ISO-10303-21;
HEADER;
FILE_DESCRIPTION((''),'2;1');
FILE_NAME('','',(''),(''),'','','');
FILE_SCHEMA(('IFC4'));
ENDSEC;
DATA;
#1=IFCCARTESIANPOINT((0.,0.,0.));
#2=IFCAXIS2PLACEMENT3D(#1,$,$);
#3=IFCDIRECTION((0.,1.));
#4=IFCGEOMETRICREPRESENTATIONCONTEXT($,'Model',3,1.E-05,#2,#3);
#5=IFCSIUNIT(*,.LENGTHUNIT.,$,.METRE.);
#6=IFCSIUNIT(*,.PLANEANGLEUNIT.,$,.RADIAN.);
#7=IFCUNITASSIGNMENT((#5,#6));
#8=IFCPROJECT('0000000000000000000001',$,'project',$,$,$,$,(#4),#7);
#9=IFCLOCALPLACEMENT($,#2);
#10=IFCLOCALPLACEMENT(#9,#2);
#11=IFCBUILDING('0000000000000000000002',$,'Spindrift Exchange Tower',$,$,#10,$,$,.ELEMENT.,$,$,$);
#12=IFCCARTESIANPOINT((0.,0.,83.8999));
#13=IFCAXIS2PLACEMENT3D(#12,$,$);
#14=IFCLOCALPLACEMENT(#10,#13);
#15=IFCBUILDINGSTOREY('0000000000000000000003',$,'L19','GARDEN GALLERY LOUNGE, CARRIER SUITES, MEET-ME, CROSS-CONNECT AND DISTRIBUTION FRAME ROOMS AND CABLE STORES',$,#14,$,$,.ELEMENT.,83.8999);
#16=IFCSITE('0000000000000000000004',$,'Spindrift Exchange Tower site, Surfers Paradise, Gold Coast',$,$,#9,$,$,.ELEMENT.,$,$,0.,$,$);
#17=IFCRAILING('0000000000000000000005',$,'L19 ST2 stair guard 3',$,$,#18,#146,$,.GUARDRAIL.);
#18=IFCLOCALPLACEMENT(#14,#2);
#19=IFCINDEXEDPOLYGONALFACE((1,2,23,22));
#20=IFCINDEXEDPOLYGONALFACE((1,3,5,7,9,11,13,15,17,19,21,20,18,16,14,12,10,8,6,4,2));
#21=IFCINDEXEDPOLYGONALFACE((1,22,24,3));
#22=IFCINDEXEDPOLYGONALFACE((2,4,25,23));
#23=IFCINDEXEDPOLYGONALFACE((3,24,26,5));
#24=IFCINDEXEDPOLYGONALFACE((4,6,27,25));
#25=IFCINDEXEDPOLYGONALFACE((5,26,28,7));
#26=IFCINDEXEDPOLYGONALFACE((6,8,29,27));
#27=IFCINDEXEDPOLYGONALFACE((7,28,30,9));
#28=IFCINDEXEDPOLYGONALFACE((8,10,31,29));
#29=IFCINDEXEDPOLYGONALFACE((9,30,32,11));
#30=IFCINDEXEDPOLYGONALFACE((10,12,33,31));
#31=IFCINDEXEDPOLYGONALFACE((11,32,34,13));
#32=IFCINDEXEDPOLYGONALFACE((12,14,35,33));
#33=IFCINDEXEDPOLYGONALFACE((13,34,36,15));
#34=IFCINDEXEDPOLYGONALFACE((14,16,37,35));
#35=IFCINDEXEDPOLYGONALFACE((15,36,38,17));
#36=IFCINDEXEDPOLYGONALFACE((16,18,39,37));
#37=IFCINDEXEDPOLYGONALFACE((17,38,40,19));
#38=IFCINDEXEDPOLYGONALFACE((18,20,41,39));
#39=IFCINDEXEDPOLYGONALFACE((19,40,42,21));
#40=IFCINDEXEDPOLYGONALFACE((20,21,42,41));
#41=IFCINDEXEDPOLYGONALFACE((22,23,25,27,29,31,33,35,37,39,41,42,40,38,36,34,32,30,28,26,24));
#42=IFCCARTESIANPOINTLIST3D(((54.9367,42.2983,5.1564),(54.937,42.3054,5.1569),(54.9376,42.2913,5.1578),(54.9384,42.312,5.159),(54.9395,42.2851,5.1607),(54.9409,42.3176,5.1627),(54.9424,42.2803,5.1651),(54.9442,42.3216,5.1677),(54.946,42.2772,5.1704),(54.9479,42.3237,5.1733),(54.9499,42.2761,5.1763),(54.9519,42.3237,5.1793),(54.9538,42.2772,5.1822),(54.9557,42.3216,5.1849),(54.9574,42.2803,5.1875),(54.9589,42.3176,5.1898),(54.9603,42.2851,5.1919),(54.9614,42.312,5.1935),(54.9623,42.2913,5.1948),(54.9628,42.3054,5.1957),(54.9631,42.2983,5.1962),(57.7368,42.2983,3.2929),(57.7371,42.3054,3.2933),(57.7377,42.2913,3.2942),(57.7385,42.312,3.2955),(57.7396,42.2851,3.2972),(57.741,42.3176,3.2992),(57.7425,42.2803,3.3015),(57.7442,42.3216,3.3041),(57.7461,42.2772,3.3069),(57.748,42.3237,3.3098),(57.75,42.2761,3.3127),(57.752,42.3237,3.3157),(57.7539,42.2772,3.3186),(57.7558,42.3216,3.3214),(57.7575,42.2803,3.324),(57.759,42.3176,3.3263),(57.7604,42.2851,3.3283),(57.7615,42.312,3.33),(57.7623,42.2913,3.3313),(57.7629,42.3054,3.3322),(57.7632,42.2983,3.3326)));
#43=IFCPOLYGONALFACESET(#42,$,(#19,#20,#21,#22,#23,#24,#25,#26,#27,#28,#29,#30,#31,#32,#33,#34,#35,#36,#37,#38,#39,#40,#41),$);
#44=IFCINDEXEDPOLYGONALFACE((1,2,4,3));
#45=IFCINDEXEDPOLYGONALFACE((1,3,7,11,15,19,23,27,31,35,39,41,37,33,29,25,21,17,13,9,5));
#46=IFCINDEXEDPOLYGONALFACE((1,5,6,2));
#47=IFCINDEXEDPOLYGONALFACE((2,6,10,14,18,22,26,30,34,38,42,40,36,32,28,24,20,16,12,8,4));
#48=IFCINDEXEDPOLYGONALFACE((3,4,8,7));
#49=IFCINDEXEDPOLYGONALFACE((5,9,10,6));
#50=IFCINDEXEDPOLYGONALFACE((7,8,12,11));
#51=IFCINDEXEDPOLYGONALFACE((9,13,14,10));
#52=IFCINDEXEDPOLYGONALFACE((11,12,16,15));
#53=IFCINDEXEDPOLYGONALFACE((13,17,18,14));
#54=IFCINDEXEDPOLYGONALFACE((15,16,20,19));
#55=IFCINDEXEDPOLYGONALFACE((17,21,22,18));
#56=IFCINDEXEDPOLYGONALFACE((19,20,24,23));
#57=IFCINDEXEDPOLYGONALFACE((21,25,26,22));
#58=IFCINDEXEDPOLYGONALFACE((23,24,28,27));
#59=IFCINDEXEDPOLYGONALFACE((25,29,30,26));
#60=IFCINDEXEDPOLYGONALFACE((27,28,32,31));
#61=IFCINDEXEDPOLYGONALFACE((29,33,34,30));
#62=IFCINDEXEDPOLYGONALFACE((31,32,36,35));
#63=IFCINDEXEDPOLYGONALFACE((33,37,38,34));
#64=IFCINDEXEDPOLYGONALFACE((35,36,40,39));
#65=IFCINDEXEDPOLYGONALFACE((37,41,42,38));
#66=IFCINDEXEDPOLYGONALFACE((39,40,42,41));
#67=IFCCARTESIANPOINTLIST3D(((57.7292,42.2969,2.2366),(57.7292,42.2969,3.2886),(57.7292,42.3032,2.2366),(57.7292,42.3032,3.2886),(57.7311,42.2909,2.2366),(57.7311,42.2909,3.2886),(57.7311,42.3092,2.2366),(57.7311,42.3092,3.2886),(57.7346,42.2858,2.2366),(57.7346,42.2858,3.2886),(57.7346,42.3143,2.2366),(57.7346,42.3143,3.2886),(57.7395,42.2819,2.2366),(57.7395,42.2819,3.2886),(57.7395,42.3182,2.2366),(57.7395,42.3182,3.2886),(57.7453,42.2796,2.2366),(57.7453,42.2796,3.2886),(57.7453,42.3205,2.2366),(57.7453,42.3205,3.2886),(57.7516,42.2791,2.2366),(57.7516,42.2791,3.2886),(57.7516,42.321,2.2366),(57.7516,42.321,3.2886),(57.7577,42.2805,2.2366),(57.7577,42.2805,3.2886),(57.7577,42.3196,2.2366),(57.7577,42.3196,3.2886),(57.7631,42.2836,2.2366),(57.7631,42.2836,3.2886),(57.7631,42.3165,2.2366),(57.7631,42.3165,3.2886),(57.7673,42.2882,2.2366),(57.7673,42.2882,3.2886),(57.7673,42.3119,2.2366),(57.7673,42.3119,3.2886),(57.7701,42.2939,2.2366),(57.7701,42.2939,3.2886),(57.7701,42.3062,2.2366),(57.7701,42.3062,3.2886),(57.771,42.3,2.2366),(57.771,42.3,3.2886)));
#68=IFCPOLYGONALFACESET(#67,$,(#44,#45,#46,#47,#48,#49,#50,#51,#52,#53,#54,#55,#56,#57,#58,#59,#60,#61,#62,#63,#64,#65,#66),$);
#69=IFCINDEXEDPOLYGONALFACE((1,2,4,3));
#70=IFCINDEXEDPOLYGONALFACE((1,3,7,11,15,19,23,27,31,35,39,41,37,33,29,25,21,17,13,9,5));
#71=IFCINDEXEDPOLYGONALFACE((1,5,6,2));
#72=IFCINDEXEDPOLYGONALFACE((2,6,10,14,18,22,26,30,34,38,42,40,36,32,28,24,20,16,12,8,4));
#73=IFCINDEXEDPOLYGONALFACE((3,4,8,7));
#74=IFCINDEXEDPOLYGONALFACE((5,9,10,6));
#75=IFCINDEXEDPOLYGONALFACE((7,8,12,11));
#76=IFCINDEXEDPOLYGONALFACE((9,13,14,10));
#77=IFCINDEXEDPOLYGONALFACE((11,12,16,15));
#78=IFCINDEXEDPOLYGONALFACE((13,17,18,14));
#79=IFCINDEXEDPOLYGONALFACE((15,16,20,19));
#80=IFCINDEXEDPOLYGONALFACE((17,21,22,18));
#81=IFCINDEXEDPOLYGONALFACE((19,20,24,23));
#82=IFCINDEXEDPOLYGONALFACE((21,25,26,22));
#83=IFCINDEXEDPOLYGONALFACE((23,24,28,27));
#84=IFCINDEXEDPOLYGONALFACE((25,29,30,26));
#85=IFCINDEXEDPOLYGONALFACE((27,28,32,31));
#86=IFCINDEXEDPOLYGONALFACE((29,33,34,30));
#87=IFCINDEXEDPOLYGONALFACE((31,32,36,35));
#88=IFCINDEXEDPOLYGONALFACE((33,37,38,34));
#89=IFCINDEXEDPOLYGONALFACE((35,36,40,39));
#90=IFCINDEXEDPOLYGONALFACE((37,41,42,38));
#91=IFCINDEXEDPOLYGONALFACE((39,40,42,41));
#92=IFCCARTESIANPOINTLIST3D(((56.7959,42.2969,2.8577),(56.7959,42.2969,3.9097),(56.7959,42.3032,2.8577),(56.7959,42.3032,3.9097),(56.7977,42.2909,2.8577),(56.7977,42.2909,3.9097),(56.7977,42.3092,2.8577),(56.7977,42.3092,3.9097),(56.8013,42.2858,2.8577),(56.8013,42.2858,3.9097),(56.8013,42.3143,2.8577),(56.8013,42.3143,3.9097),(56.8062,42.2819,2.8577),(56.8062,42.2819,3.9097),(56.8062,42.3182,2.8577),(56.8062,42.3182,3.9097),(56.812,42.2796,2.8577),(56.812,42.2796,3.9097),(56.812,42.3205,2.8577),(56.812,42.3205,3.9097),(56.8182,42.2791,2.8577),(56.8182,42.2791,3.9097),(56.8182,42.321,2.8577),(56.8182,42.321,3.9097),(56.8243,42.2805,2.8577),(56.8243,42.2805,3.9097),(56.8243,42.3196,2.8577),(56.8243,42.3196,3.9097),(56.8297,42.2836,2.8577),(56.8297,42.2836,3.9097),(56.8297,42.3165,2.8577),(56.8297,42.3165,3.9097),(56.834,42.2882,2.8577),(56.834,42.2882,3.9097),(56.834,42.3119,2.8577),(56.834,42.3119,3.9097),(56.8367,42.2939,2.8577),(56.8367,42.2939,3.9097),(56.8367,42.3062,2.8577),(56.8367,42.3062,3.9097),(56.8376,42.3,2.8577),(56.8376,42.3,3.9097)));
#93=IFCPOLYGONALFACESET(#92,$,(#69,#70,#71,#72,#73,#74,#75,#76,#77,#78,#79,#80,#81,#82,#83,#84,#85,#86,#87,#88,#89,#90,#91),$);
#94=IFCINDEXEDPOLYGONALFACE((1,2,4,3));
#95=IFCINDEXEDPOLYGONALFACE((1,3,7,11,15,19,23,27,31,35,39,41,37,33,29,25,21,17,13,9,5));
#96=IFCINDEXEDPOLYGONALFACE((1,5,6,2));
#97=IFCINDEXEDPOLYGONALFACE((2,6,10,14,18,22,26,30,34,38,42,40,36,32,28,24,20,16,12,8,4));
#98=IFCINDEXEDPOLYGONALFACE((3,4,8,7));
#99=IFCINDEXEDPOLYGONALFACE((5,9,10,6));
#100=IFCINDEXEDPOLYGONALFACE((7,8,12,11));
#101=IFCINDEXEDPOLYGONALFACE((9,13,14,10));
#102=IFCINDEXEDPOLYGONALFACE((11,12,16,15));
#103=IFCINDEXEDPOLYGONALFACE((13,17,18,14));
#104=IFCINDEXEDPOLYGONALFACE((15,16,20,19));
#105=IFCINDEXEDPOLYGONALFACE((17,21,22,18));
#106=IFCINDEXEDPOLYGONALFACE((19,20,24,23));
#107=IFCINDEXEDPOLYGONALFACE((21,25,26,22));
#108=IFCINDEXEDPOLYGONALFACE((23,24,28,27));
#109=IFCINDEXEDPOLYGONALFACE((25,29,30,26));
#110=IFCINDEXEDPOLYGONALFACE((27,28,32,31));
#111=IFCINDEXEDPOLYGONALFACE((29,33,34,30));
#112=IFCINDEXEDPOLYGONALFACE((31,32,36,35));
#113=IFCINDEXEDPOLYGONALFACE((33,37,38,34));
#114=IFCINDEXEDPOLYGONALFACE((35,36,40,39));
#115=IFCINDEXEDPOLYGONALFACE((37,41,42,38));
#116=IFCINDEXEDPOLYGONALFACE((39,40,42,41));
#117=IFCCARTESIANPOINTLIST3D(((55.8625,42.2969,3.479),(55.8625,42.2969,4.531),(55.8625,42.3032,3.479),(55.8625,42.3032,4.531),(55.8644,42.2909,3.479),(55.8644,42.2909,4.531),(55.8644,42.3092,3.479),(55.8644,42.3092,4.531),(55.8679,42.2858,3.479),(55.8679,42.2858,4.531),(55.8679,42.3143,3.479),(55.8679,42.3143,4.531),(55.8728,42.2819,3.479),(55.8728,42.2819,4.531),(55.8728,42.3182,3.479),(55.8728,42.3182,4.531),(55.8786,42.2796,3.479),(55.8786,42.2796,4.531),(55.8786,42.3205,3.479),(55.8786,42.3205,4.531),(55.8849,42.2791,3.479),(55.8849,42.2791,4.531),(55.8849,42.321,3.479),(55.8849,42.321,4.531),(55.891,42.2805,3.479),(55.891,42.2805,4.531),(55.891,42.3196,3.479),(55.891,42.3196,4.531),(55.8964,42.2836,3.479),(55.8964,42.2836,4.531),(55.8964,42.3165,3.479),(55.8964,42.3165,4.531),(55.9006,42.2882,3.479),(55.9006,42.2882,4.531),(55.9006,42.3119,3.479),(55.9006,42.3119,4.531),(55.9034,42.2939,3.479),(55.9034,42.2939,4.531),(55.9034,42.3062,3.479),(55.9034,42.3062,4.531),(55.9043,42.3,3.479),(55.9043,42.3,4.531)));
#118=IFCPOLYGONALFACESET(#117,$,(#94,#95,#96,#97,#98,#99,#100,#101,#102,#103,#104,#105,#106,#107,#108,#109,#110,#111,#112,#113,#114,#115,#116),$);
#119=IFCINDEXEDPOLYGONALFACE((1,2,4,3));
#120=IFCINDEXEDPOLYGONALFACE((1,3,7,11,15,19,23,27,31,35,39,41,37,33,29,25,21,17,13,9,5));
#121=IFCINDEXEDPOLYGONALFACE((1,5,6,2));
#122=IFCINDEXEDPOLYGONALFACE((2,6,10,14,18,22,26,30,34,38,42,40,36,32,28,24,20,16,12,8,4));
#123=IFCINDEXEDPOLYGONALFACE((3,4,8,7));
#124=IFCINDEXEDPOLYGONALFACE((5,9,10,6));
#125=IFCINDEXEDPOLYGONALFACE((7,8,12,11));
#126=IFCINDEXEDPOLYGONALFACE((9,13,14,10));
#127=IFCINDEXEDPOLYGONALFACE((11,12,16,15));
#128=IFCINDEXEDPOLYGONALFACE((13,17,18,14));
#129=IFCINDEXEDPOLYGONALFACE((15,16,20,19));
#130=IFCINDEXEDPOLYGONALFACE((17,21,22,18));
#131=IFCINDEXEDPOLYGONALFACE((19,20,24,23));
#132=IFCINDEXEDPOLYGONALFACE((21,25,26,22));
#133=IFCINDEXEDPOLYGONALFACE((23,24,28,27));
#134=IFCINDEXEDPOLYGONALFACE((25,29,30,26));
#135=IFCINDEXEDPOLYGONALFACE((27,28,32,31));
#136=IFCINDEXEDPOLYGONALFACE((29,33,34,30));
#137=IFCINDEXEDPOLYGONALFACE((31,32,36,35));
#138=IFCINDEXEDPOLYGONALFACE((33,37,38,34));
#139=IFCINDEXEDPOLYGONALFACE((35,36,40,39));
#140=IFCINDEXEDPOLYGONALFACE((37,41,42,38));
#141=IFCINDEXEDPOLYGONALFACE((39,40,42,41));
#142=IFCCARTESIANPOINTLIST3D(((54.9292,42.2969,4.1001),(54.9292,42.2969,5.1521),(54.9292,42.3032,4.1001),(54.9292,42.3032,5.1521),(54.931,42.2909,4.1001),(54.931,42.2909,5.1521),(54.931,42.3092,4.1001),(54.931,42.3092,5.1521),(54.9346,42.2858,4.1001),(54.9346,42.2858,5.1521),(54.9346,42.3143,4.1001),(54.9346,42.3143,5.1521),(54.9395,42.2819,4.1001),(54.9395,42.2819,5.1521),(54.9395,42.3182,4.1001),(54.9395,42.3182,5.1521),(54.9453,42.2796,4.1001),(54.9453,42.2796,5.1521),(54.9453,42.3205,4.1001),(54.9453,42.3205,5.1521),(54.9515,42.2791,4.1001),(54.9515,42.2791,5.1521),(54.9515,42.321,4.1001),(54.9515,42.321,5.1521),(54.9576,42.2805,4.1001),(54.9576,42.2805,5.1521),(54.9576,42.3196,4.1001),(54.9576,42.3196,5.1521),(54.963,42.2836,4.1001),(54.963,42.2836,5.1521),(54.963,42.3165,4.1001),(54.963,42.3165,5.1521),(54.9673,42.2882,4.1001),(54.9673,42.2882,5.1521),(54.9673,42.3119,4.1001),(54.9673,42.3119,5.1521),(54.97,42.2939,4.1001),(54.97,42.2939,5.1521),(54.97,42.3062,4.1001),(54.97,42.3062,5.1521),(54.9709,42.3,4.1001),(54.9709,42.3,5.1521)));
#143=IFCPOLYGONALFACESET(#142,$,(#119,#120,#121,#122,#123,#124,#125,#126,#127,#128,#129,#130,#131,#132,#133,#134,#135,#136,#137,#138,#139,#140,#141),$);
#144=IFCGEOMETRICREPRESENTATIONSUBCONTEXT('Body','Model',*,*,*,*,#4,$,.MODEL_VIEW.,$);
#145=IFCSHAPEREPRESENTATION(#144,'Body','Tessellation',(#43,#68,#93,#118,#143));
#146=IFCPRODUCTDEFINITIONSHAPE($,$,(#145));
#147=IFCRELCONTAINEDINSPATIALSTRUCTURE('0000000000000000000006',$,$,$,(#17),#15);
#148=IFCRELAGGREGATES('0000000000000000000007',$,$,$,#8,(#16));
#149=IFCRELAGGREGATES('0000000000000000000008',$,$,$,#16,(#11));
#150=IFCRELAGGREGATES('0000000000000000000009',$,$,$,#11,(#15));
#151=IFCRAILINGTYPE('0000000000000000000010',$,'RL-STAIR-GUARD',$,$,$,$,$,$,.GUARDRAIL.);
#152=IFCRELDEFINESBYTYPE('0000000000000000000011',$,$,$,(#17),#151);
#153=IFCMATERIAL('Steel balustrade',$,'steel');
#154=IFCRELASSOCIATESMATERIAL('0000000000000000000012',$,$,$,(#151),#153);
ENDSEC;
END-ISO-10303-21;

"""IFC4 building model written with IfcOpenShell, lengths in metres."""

from ifc_helpers import new_model, si_unit, direction, frame, origin, origin_2d, place, context, subcontext, project, spatial, circle, extrude, material, type_object, element, save


model = new_model("IFC4")

# Units and contexts
model_context = context("Model", 3, precision=1e-05, world=origin(), true_north=direction((0.0, 1.0)))
body_context = subcontext(model_context, "Body", "Model", "MODEL_VIEW")
ifc_project = project(units=[si_unit("LENGTHUNIT", "METRE"), si_unit("PLANEANGLEUNIT", "RADIAN")], contexts=[model_context])

# Site, building, storey
site_placement = place(None, origin())
site = spatial("IfcSite", under=ifc_project, at=site_placement, Name="Spindrift Exchange Tower site, Surfers Paradise, Gold Coast", CompositionType="ELEMENT", RefElevation=0.0)
building_placement = place(site_placement, origin())
building = spatial("IfcBuilding", under=site, at=building_placement, Name="Spindrift Exchange Tower", CompositionType="ELEMENT")
storey_placement = place(building_placement, frame((0.0, 0.0, 83.8999)))
storey = spatial("IfcBuildingStorey", under=building, at=storey_placement, Name="L19", Description="GARDEN GALLERY LOUNGE, CARRIER SUITES, MEET-ME, CROSS-CONNECT AND DISTRIBUTION FRAME ROOMS AND CABLE STORES", CompositionType="ELEMENT", Elevation=83.8999)

# Railing
ifc_material_1 = material(Name="Steel balustrade", Category="steel")
railing_type_1 = type_object("IfcRailingType", Name="RL-STAIR-GUARD", PredefinedType="GUARDRAIL", material=ifc_material_1)
railing_1_placement = place(storey_placement, frame((57.75, 42.3, 2.2366)))
element("IfcRailing", 1, at=railing_1_placement, inside=storey, type_object=railing_type_1, Name="L19 ST2 stair guard 3", PredefinedType="GUARDRAIL", context=body_context, shape_type="SweptSolid", body=[
    extrude(circle(Radius=0.0239, at=origin_2d()), frame((0.0, 0.0, 1.0762), z_axis=(-0.832486, 0.0, 0.554047), x_axis=(0.0, -1.0, 0.0)), (0.0, 0.0, 1.0), 3.3635),
    extrude(circle(Radius=0.021, at=origin_2d()), origin(), (0.0, 0.0, 1.0), 1.052),
    extrude(circle(Radius=0.021, at=origin_2d()), frame((-0.9333, 0.0, 0.6211)), (0.0, 0.0, 1.0), 1.052),
    extrude(circle(Radius=0.021, at=origin_2d()), frame((-1.8667, 0.0, 1.2424)), (0.0, 0.0, 1.0), 1.052),
    extrude(circle(Radius=0.021, at=origin_2d()), frame((-2.8, 0.0, 1.8635)), (0.0, 0.0, 1.0), 1.052),
])

save(model, "model.ifc")
